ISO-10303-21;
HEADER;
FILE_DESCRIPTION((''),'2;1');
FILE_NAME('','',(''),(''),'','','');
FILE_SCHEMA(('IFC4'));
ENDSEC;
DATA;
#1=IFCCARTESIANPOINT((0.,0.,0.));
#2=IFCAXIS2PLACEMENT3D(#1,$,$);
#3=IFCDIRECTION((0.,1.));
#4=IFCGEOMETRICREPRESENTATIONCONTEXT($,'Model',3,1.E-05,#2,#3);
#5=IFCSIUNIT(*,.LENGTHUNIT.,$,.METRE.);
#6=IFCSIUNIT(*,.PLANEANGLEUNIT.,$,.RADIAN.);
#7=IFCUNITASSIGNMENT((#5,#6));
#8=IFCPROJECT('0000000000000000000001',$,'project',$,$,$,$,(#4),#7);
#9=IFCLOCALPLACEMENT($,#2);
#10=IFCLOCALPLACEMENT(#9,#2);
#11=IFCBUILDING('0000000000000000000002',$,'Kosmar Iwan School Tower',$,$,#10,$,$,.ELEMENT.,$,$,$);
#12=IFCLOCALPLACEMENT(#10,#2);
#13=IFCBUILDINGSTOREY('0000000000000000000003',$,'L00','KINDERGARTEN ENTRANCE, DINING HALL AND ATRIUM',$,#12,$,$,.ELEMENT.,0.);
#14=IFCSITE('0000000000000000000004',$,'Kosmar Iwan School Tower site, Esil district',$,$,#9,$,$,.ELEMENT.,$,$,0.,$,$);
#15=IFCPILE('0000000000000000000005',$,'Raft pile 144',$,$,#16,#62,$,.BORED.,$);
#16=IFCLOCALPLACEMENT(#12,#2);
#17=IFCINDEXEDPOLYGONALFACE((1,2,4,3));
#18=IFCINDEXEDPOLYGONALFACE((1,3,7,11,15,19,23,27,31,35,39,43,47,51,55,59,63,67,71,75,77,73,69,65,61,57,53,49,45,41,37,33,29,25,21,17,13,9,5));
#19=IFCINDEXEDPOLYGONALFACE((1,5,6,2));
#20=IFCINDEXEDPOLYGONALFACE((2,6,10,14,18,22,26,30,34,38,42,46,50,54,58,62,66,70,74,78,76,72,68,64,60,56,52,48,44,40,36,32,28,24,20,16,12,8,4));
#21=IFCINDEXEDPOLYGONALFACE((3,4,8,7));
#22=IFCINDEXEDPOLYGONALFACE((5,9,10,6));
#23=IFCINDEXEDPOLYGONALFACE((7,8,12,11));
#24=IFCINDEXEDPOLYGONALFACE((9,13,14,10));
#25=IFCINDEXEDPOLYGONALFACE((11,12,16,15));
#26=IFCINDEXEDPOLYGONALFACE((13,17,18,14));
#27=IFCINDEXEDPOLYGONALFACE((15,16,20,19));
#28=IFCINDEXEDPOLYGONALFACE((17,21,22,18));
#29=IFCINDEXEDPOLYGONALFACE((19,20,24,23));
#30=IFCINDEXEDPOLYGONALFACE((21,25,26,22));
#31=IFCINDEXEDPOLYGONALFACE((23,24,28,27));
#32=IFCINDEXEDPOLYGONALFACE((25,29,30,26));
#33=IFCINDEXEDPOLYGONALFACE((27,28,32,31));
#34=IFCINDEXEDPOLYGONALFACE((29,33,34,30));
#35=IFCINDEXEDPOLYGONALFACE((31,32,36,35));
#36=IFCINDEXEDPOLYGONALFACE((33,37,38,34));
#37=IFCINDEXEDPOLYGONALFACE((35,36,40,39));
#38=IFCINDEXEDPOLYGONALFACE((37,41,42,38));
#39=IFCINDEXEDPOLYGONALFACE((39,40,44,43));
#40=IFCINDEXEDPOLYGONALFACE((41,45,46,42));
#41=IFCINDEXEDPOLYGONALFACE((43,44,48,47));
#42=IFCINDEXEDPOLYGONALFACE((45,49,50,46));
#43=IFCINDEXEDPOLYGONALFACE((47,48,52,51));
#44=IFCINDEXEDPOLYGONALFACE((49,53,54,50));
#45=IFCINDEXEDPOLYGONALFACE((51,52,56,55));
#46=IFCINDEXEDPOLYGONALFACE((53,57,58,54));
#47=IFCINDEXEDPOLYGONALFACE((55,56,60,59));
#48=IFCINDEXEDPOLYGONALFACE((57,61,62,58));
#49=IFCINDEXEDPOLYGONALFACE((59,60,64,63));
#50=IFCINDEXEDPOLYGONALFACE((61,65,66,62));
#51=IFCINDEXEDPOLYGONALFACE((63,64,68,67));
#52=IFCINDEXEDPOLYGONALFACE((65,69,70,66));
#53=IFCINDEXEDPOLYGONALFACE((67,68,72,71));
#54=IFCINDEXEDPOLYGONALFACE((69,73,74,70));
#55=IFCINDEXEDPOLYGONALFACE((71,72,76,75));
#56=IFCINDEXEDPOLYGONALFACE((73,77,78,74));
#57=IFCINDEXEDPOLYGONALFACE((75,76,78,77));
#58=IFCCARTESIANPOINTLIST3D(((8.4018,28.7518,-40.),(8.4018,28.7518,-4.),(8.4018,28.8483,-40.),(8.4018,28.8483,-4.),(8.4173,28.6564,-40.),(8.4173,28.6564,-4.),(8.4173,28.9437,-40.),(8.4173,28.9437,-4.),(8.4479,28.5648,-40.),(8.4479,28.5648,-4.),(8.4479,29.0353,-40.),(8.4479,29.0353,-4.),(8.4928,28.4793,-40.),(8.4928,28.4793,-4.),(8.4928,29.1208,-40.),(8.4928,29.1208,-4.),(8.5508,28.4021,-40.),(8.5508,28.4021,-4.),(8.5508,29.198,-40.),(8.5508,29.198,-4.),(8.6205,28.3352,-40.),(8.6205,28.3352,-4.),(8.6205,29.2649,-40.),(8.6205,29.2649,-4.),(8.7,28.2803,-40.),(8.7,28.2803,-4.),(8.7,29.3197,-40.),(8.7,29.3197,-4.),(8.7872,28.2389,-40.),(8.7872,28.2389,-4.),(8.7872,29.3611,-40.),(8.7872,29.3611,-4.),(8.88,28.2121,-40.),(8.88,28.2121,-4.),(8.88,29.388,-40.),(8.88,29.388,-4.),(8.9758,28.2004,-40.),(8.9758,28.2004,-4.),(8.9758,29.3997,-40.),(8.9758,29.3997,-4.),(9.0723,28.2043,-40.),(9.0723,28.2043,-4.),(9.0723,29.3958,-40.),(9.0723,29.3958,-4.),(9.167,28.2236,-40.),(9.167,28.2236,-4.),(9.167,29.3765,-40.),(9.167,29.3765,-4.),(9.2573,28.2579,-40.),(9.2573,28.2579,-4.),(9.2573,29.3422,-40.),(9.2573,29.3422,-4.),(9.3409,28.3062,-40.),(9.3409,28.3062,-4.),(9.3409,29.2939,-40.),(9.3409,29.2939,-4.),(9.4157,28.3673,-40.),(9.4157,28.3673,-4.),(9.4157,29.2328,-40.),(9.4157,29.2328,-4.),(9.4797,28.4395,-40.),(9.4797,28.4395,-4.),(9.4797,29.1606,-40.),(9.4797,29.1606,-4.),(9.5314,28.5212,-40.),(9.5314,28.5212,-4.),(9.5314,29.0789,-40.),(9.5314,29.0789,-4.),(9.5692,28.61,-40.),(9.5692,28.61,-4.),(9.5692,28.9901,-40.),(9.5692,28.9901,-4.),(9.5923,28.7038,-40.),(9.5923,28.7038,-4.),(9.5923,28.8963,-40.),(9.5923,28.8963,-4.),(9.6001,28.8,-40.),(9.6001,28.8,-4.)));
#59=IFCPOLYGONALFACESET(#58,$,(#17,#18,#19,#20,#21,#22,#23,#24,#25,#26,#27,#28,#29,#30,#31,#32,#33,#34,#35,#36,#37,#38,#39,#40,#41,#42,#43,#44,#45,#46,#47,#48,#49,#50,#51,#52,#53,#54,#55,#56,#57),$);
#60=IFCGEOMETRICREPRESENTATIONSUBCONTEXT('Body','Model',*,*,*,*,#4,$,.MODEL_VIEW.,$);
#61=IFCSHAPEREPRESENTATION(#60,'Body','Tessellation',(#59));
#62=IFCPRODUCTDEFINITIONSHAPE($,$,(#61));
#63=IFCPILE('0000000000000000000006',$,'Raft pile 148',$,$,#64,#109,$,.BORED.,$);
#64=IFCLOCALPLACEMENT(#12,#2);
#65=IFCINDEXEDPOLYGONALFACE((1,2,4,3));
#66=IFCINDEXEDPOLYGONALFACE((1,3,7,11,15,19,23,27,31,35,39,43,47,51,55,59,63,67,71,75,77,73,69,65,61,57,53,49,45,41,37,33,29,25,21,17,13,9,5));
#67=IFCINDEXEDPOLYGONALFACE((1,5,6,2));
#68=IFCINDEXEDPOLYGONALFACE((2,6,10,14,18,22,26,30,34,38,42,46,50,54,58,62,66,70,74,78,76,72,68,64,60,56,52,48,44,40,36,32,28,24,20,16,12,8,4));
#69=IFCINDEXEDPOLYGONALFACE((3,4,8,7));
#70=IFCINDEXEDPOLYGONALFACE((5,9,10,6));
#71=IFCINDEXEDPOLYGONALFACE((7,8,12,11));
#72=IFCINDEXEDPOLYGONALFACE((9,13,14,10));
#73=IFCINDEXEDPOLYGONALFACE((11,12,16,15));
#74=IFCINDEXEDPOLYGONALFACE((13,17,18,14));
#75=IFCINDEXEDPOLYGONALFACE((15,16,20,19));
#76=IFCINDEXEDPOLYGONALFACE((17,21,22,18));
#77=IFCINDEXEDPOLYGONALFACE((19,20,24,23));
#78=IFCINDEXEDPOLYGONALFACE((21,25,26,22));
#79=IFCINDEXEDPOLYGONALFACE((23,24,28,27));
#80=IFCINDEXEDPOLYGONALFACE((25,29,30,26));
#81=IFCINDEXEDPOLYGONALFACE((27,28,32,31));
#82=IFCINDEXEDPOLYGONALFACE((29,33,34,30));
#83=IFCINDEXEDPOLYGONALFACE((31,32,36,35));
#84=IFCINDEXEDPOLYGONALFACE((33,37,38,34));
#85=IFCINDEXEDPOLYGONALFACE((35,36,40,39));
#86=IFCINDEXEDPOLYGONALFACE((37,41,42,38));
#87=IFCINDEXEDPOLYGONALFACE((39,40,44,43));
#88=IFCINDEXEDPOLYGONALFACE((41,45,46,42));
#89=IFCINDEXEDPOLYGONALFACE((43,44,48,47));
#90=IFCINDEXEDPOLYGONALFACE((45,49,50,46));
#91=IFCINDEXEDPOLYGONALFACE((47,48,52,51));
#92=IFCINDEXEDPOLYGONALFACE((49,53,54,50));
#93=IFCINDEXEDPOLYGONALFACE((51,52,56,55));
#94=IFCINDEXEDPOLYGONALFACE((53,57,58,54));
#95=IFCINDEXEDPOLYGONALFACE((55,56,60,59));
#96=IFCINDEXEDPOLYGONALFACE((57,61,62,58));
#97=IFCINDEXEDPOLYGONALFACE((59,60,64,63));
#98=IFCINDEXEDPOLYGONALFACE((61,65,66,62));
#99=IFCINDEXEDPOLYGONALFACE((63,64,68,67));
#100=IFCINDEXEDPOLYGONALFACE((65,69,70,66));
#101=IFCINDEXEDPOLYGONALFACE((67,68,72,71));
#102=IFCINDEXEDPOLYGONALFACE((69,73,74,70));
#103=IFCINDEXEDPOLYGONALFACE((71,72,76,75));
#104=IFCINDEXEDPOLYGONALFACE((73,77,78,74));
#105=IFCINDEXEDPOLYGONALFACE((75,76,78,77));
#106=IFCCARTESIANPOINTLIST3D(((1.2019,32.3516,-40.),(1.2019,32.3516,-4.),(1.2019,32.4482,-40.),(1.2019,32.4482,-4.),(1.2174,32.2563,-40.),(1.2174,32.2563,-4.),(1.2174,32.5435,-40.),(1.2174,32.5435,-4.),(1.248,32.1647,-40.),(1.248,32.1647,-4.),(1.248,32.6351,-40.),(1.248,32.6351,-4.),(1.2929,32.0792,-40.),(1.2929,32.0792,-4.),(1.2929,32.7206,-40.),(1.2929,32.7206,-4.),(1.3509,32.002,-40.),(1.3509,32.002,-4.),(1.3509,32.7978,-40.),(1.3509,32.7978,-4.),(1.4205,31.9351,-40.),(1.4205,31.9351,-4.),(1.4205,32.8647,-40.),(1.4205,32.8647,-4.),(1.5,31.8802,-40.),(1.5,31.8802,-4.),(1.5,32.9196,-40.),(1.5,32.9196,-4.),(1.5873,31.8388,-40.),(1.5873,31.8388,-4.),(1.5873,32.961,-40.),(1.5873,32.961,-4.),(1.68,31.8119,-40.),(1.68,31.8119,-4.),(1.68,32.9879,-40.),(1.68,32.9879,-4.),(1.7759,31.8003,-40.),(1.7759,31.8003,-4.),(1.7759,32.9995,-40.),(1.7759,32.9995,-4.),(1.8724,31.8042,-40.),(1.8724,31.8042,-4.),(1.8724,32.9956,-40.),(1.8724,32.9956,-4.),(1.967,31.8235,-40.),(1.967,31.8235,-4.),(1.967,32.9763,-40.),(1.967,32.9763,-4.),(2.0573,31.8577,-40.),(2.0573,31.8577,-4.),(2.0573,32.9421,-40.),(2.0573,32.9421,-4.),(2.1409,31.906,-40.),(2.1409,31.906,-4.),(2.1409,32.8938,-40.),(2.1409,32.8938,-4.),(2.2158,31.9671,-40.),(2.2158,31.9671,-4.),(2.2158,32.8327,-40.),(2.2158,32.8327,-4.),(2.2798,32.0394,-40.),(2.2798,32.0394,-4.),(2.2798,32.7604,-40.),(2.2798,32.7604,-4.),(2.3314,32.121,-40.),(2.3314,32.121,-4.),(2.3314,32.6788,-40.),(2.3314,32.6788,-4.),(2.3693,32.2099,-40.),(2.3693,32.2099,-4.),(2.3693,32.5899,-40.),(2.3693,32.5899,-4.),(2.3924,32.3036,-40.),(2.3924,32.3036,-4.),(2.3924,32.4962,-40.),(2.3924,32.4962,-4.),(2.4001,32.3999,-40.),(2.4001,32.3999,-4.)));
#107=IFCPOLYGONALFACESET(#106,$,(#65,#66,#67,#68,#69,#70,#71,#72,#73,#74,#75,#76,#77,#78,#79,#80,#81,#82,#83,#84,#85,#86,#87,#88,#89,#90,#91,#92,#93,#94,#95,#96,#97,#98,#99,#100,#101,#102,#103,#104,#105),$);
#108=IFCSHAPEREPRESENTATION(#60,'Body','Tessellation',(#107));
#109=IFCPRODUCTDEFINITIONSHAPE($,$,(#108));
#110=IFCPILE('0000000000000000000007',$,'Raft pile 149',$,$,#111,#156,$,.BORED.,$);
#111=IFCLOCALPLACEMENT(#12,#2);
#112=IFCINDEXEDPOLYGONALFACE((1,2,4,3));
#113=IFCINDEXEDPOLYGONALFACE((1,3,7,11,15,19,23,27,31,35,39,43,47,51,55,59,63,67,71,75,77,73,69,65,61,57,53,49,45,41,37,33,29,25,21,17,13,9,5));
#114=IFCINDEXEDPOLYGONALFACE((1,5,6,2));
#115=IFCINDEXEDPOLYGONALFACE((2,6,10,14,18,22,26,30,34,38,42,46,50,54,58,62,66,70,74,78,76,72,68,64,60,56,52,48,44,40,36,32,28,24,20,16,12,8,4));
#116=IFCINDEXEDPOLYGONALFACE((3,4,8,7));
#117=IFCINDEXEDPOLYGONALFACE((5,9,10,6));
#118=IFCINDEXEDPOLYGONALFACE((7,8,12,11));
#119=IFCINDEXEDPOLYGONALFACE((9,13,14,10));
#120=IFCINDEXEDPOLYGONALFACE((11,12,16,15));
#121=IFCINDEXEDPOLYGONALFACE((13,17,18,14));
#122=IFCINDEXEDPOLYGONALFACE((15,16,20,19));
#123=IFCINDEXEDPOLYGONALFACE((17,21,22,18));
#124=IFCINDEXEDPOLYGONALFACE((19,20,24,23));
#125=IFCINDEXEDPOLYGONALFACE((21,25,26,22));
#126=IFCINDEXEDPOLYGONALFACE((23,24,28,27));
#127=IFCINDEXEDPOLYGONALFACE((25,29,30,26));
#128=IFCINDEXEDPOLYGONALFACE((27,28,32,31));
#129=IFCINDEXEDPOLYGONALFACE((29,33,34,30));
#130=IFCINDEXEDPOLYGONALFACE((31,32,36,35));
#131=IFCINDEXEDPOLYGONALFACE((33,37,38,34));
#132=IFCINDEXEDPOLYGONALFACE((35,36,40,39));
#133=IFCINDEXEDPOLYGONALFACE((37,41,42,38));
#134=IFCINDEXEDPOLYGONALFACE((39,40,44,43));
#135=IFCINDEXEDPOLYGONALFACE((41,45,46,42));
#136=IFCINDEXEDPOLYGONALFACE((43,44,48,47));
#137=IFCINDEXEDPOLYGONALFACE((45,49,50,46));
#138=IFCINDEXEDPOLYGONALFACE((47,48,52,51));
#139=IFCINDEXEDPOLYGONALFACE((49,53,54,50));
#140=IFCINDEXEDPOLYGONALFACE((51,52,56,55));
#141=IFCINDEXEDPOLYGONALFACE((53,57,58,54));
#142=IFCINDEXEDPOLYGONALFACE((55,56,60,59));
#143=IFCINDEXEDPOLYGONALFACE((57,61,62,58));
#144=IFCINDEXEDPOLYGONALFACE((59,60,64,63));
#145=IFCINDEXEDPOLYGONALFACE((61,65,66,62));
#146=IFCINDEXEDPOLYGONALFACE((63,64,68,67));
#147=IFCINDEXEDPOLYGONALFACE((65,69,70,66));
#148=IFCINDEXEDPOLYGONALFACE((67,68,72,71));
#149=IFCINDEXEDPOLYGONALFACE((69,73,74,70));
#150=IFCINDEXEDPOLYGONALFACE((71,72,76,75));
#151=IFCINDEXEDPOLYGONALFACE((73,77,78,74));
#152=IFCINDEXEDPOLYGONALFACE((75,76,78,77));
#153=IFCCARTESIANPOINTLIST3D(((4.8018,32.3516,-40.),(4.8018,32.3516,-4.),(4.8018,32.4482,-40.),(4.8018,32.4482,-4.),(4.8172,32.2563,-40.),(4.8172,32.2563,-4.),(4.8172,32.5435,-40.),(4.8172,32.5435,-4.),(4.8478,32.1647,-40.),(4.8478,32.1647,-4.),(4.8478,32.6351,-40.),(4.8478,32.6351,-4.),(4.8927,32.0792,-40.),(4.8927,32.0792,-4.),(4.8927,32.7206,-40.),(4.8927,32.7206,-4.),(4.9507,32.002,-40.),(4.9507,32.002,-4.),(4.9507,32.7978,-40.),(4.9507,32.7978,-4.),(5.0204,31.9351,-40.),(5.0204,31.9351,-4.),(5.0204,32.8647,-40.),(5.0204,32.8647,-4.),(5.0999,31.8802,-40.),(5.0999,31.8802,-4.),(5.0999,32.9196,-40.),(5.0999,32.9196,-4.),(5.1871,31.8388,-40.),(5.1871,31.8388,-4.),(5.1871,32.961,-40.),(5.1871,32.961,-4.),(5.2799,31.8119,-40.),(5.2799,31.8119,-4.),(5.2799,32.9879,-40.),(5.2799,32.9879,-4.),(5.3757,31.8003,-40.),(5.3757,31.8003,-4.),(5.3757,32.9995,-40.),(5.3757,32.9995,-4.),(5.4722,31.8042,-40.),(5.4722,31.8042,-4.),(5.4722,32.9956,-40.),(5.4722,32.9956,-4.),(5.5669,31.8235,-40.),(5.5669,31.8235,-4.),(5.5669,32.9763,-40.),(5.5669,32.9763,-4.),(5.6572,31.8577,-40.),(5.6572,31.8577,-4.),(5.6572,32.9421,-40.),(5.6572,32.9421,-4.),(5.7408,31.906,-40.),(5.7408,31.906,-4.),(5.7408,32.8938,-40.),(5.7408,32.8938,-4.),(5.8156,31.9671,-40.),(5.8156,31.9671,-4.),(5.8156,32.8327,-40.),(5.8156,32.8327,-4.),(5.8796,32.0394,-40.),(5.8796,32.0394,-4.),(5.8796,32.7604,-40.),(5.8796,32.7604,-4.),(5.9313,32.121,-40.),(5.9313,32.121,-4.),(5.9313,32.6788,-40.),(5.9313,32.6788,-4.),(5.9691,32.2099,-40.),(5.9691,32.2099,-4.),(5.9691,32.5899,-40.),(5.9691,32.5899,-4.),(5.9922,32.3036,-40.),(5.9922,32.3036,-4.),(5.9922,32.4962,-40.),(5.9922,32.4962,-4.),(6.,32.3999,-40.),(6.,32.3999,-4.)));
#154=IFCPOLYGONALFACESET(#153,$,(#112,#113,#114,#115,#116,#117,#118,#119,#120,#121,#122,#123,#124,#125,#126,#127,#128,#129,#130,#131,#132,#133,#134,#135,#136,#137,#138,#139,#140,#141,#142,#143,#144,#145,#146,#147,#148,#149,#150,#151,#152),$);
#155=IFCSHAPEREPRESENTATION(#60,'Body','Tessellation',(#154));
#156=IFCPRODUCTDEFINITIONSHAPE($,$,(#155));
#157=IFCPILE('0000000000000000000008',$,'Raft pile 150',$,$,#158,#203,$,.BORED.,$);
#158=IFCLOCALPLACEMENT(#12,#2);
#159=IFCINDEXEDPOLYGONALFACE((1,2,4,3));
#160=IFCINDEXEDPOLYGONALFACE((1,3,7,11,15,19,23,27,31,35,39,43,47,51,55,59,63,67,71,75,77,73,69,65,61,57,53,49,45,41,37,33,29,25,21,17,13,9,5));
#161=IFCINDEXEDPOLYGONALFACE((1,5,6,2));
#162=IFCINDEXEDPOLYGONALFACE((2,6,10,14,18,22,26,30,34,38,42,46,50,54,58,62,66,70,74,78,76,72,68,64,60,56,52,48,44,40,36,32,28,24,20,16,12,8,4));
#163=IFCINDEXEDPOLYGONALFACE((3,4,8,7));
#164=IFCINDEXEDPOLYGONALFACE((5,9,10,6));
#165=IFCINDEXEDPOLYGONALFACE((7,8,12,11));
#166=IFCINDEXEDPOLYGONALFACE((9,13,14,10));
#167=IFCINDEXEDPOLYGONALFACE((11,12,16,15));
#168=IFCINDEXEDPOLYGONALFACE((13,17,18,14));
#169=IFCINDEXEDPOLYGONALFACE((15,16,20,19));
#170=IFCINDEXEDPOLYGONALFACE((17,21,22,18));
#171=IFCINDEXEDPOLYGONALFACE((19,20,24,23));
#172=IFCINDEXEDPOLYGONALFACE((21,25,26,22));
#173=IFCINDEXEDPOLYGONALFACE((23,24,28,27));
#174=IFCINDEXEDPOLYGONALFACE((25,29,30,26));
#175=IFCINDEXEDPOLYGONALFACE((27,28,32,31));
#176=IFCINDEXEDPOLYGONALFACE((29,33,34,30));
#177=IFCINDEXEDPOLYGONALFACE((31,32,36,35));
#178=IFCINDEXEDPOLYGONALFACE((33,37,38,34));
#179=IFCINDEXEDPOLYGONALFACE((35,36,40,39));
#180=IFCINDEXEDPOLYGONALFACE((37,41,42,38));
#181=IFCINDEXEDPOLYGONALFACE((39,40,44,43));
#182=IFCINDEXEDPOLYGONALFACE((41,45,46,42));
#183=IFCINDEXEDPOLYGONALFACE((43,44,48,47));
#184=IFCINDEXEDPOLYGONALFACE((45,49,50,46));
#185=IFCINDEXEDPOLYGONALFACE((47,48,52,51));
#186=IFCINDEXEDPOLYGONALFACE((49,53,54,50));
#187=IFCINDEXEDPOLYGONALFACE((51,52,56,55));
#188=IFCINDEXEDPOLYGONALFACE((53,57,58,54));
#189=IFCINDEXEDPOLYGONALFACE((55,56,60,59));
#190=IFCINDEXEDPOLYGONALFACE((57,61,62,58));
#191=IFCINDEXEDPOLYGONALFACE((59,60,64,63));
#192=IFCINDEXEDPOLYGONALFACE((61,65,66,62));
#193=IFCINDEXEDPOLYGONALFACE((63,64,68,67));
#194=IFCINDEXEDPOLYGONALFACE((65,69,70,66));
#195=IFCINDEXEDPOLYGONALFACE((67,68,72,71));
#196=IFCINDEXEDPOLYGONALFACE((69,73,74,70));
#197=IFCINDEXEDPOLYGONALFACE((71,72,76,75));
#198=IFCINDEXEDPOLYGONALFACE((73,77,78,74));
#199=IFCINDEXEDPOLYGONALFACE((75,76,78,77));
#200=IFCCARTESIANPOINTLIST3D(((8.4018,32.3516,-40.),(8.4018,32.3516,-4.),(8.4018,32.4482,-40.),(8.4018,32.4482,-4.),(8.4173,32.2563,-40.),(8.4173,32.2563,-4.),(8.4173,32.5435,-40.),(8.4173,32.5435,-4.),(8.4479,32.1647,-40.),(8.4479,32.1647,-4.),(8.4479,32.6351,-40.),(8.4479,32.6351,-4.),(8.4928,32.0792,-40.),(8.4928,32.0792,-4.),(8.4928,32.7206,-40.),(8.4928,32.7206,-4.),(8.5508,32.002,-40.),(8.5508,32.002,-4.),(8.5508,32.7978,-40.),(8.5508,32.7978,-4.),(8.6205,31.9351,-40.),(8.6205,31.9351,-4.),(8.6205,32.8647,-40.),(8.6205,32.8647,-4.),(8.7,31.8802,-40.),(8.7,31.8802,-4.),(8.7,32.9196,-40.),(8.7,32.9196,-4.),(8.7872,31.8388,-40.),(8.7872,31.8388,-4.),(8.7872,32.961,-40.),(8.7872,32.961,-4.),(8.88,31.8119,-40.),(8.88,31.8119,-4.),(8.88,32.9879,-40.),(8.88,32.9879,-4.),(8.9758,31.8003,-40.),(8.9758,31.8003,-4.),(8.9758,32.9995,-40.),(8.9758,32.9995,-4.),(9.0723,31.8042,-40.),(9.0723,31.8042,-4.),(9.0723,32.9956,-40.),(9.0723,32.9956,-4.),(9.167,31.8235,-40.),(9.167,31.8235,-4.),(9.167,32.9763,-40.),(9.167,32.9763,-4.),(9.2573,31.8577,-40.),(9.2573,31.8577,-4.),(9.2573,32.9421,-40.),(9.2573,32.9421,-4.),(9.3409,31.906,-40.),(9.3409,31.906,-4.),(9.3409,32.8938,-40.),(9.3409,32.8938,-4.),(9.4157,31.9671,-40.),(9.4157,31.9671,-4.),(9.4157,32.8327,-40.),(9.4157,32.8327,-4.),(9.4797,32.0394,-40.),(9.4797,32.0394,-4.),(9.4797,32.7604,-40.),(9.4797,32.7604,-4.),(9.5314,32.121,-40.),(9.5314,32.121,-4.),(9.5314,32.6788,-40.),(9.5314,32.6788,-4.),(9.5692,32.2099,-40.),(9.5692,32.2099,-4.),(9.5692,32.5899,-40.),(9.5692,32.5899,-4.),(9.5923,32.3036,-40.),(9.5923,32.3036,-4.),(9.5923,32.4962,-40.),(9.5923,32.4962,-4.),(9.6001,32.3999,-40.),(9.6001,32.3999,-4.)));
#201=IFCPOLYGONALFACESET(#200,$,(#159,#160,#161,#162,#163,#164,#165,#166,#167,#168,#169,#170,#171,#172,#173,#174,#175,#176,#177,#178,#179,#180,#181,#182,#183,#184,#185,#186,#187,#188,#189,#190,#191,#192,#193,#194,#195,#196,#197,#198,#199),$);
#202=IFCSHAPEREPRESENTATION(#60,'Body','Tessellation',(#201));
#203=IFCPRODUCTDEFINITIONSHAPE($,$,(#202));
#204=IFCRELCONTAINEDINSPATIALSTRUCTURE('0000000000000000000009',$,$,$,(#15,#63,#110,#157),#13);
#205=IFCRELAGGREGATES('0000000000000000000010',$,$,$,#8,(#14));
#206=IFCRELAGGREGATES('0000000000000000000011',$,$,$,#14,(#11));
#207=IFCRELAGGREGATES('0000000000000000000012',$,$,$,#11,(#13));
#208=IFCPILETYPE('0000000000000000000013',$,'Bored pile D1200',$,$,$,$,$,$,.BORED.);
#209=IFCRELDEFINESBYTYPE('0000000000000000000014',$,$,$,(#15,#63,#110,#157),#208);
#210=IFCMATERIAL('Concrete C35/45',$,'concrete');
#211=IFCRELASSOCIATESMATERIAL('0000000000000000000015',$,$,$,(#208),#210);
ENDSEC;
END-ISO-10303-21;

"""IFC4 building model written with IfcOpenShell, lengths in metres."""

from ifc_helpers import new_model, si_unit, direction, frame, origin, origin_2d, place, context, subcontext, project, spatial, circle, extrude, material, material_profile, profile_set, type_object, element, save


model = new_model("IFC4")

# Units and contexts
model_context = context("Model", 3, precision=1e-05, world=origin(), true_north=direction((0.0, 1.0)))
body_context = subcontext(model_context, "Body", "Model", "MODEL_VIEW")
ifc_project = project(units=[si_unit("LENGTHUNIT", "METRE"), si_unit("PLANEANGLEUNIT", "RADIAN")], contexts=[model_context])

# Site, building, storey
site_placement = place(None, origin())
site = spatial("IfcSite", under=ifc_project, at=site_placement, Name="Kosmar Iwan School Tower site, Esil district", CompositionType="ELEMENT", RefElevation=0.0)
building_placement = place(site_placement, origin())
building = spatial("IfcBuilding", under=site, at=building_placement, Name="Kosmar Iwan School Tower", CompositionType="ELEMENT")
storey_placement = place(building_placement, origin())
storey = spatial("IfcBuildingStorey", under=building, at=storey_placement, Name="L00", Description="KINDERGARTEN ENTRANCE, DINING HALL AND ATRIUM", CompositionType="ELEMENT", Elevation=0.0)

# Piles
ifc_material_1 = material(Name="Concrete C35/45", Category="concrete")
ifc_material_profile_1 = material_profile(ifc_material_1, circle(Radius=0.6001, at=origin_2d()), Name="D1200")
ifc_profile_set_1 = profile_set([ifc_material_profile_1], Name="Concrete C35/45")
pile_type = type_object("IfcPileType", Name="Bored pile D1200", PredefinedType="BORED", material=ifc_profile_set_1)
for number, where, z_axis, x_axis, name in (
    (1, (9.0, 28.8, -4.0), (0.0, 0.0, -1.0), (1.0, 0.0, 0.0), "Raft pile 144"),
    (2, (1.8, 32.3999, -4.0), (0.0, 0.0, -1.0), (1.0, 0.0, 0.0), "Raft pile 148"),
    (3, (5.3999, 32.3999, -4.0), (0.0, 0.0, -1.0), (1.0, 0.0, 0.0), "Raft pile 149"),
    (4, (9.0, 32.3999, -4.0), (0.0, 0.0, -1.0), (1.0, 0.0, 0.0), "Raft pile 150"),
):
    element("IfcPile", number, at=place(storey_placement, frame(where, z_axis=z_axis, x_axis=x_axis)), inside=storey, type_object=pile_type, Name=name, PredefinedType="BORED", context=body_context, shape_type="SweptSolid", body=[
        extrude(circle(Radius=0.6001, at=origin_2d()), origin(), (0.0, 0.0, 1.0), 36.0),
    ])

save(model, "model.ifc")
